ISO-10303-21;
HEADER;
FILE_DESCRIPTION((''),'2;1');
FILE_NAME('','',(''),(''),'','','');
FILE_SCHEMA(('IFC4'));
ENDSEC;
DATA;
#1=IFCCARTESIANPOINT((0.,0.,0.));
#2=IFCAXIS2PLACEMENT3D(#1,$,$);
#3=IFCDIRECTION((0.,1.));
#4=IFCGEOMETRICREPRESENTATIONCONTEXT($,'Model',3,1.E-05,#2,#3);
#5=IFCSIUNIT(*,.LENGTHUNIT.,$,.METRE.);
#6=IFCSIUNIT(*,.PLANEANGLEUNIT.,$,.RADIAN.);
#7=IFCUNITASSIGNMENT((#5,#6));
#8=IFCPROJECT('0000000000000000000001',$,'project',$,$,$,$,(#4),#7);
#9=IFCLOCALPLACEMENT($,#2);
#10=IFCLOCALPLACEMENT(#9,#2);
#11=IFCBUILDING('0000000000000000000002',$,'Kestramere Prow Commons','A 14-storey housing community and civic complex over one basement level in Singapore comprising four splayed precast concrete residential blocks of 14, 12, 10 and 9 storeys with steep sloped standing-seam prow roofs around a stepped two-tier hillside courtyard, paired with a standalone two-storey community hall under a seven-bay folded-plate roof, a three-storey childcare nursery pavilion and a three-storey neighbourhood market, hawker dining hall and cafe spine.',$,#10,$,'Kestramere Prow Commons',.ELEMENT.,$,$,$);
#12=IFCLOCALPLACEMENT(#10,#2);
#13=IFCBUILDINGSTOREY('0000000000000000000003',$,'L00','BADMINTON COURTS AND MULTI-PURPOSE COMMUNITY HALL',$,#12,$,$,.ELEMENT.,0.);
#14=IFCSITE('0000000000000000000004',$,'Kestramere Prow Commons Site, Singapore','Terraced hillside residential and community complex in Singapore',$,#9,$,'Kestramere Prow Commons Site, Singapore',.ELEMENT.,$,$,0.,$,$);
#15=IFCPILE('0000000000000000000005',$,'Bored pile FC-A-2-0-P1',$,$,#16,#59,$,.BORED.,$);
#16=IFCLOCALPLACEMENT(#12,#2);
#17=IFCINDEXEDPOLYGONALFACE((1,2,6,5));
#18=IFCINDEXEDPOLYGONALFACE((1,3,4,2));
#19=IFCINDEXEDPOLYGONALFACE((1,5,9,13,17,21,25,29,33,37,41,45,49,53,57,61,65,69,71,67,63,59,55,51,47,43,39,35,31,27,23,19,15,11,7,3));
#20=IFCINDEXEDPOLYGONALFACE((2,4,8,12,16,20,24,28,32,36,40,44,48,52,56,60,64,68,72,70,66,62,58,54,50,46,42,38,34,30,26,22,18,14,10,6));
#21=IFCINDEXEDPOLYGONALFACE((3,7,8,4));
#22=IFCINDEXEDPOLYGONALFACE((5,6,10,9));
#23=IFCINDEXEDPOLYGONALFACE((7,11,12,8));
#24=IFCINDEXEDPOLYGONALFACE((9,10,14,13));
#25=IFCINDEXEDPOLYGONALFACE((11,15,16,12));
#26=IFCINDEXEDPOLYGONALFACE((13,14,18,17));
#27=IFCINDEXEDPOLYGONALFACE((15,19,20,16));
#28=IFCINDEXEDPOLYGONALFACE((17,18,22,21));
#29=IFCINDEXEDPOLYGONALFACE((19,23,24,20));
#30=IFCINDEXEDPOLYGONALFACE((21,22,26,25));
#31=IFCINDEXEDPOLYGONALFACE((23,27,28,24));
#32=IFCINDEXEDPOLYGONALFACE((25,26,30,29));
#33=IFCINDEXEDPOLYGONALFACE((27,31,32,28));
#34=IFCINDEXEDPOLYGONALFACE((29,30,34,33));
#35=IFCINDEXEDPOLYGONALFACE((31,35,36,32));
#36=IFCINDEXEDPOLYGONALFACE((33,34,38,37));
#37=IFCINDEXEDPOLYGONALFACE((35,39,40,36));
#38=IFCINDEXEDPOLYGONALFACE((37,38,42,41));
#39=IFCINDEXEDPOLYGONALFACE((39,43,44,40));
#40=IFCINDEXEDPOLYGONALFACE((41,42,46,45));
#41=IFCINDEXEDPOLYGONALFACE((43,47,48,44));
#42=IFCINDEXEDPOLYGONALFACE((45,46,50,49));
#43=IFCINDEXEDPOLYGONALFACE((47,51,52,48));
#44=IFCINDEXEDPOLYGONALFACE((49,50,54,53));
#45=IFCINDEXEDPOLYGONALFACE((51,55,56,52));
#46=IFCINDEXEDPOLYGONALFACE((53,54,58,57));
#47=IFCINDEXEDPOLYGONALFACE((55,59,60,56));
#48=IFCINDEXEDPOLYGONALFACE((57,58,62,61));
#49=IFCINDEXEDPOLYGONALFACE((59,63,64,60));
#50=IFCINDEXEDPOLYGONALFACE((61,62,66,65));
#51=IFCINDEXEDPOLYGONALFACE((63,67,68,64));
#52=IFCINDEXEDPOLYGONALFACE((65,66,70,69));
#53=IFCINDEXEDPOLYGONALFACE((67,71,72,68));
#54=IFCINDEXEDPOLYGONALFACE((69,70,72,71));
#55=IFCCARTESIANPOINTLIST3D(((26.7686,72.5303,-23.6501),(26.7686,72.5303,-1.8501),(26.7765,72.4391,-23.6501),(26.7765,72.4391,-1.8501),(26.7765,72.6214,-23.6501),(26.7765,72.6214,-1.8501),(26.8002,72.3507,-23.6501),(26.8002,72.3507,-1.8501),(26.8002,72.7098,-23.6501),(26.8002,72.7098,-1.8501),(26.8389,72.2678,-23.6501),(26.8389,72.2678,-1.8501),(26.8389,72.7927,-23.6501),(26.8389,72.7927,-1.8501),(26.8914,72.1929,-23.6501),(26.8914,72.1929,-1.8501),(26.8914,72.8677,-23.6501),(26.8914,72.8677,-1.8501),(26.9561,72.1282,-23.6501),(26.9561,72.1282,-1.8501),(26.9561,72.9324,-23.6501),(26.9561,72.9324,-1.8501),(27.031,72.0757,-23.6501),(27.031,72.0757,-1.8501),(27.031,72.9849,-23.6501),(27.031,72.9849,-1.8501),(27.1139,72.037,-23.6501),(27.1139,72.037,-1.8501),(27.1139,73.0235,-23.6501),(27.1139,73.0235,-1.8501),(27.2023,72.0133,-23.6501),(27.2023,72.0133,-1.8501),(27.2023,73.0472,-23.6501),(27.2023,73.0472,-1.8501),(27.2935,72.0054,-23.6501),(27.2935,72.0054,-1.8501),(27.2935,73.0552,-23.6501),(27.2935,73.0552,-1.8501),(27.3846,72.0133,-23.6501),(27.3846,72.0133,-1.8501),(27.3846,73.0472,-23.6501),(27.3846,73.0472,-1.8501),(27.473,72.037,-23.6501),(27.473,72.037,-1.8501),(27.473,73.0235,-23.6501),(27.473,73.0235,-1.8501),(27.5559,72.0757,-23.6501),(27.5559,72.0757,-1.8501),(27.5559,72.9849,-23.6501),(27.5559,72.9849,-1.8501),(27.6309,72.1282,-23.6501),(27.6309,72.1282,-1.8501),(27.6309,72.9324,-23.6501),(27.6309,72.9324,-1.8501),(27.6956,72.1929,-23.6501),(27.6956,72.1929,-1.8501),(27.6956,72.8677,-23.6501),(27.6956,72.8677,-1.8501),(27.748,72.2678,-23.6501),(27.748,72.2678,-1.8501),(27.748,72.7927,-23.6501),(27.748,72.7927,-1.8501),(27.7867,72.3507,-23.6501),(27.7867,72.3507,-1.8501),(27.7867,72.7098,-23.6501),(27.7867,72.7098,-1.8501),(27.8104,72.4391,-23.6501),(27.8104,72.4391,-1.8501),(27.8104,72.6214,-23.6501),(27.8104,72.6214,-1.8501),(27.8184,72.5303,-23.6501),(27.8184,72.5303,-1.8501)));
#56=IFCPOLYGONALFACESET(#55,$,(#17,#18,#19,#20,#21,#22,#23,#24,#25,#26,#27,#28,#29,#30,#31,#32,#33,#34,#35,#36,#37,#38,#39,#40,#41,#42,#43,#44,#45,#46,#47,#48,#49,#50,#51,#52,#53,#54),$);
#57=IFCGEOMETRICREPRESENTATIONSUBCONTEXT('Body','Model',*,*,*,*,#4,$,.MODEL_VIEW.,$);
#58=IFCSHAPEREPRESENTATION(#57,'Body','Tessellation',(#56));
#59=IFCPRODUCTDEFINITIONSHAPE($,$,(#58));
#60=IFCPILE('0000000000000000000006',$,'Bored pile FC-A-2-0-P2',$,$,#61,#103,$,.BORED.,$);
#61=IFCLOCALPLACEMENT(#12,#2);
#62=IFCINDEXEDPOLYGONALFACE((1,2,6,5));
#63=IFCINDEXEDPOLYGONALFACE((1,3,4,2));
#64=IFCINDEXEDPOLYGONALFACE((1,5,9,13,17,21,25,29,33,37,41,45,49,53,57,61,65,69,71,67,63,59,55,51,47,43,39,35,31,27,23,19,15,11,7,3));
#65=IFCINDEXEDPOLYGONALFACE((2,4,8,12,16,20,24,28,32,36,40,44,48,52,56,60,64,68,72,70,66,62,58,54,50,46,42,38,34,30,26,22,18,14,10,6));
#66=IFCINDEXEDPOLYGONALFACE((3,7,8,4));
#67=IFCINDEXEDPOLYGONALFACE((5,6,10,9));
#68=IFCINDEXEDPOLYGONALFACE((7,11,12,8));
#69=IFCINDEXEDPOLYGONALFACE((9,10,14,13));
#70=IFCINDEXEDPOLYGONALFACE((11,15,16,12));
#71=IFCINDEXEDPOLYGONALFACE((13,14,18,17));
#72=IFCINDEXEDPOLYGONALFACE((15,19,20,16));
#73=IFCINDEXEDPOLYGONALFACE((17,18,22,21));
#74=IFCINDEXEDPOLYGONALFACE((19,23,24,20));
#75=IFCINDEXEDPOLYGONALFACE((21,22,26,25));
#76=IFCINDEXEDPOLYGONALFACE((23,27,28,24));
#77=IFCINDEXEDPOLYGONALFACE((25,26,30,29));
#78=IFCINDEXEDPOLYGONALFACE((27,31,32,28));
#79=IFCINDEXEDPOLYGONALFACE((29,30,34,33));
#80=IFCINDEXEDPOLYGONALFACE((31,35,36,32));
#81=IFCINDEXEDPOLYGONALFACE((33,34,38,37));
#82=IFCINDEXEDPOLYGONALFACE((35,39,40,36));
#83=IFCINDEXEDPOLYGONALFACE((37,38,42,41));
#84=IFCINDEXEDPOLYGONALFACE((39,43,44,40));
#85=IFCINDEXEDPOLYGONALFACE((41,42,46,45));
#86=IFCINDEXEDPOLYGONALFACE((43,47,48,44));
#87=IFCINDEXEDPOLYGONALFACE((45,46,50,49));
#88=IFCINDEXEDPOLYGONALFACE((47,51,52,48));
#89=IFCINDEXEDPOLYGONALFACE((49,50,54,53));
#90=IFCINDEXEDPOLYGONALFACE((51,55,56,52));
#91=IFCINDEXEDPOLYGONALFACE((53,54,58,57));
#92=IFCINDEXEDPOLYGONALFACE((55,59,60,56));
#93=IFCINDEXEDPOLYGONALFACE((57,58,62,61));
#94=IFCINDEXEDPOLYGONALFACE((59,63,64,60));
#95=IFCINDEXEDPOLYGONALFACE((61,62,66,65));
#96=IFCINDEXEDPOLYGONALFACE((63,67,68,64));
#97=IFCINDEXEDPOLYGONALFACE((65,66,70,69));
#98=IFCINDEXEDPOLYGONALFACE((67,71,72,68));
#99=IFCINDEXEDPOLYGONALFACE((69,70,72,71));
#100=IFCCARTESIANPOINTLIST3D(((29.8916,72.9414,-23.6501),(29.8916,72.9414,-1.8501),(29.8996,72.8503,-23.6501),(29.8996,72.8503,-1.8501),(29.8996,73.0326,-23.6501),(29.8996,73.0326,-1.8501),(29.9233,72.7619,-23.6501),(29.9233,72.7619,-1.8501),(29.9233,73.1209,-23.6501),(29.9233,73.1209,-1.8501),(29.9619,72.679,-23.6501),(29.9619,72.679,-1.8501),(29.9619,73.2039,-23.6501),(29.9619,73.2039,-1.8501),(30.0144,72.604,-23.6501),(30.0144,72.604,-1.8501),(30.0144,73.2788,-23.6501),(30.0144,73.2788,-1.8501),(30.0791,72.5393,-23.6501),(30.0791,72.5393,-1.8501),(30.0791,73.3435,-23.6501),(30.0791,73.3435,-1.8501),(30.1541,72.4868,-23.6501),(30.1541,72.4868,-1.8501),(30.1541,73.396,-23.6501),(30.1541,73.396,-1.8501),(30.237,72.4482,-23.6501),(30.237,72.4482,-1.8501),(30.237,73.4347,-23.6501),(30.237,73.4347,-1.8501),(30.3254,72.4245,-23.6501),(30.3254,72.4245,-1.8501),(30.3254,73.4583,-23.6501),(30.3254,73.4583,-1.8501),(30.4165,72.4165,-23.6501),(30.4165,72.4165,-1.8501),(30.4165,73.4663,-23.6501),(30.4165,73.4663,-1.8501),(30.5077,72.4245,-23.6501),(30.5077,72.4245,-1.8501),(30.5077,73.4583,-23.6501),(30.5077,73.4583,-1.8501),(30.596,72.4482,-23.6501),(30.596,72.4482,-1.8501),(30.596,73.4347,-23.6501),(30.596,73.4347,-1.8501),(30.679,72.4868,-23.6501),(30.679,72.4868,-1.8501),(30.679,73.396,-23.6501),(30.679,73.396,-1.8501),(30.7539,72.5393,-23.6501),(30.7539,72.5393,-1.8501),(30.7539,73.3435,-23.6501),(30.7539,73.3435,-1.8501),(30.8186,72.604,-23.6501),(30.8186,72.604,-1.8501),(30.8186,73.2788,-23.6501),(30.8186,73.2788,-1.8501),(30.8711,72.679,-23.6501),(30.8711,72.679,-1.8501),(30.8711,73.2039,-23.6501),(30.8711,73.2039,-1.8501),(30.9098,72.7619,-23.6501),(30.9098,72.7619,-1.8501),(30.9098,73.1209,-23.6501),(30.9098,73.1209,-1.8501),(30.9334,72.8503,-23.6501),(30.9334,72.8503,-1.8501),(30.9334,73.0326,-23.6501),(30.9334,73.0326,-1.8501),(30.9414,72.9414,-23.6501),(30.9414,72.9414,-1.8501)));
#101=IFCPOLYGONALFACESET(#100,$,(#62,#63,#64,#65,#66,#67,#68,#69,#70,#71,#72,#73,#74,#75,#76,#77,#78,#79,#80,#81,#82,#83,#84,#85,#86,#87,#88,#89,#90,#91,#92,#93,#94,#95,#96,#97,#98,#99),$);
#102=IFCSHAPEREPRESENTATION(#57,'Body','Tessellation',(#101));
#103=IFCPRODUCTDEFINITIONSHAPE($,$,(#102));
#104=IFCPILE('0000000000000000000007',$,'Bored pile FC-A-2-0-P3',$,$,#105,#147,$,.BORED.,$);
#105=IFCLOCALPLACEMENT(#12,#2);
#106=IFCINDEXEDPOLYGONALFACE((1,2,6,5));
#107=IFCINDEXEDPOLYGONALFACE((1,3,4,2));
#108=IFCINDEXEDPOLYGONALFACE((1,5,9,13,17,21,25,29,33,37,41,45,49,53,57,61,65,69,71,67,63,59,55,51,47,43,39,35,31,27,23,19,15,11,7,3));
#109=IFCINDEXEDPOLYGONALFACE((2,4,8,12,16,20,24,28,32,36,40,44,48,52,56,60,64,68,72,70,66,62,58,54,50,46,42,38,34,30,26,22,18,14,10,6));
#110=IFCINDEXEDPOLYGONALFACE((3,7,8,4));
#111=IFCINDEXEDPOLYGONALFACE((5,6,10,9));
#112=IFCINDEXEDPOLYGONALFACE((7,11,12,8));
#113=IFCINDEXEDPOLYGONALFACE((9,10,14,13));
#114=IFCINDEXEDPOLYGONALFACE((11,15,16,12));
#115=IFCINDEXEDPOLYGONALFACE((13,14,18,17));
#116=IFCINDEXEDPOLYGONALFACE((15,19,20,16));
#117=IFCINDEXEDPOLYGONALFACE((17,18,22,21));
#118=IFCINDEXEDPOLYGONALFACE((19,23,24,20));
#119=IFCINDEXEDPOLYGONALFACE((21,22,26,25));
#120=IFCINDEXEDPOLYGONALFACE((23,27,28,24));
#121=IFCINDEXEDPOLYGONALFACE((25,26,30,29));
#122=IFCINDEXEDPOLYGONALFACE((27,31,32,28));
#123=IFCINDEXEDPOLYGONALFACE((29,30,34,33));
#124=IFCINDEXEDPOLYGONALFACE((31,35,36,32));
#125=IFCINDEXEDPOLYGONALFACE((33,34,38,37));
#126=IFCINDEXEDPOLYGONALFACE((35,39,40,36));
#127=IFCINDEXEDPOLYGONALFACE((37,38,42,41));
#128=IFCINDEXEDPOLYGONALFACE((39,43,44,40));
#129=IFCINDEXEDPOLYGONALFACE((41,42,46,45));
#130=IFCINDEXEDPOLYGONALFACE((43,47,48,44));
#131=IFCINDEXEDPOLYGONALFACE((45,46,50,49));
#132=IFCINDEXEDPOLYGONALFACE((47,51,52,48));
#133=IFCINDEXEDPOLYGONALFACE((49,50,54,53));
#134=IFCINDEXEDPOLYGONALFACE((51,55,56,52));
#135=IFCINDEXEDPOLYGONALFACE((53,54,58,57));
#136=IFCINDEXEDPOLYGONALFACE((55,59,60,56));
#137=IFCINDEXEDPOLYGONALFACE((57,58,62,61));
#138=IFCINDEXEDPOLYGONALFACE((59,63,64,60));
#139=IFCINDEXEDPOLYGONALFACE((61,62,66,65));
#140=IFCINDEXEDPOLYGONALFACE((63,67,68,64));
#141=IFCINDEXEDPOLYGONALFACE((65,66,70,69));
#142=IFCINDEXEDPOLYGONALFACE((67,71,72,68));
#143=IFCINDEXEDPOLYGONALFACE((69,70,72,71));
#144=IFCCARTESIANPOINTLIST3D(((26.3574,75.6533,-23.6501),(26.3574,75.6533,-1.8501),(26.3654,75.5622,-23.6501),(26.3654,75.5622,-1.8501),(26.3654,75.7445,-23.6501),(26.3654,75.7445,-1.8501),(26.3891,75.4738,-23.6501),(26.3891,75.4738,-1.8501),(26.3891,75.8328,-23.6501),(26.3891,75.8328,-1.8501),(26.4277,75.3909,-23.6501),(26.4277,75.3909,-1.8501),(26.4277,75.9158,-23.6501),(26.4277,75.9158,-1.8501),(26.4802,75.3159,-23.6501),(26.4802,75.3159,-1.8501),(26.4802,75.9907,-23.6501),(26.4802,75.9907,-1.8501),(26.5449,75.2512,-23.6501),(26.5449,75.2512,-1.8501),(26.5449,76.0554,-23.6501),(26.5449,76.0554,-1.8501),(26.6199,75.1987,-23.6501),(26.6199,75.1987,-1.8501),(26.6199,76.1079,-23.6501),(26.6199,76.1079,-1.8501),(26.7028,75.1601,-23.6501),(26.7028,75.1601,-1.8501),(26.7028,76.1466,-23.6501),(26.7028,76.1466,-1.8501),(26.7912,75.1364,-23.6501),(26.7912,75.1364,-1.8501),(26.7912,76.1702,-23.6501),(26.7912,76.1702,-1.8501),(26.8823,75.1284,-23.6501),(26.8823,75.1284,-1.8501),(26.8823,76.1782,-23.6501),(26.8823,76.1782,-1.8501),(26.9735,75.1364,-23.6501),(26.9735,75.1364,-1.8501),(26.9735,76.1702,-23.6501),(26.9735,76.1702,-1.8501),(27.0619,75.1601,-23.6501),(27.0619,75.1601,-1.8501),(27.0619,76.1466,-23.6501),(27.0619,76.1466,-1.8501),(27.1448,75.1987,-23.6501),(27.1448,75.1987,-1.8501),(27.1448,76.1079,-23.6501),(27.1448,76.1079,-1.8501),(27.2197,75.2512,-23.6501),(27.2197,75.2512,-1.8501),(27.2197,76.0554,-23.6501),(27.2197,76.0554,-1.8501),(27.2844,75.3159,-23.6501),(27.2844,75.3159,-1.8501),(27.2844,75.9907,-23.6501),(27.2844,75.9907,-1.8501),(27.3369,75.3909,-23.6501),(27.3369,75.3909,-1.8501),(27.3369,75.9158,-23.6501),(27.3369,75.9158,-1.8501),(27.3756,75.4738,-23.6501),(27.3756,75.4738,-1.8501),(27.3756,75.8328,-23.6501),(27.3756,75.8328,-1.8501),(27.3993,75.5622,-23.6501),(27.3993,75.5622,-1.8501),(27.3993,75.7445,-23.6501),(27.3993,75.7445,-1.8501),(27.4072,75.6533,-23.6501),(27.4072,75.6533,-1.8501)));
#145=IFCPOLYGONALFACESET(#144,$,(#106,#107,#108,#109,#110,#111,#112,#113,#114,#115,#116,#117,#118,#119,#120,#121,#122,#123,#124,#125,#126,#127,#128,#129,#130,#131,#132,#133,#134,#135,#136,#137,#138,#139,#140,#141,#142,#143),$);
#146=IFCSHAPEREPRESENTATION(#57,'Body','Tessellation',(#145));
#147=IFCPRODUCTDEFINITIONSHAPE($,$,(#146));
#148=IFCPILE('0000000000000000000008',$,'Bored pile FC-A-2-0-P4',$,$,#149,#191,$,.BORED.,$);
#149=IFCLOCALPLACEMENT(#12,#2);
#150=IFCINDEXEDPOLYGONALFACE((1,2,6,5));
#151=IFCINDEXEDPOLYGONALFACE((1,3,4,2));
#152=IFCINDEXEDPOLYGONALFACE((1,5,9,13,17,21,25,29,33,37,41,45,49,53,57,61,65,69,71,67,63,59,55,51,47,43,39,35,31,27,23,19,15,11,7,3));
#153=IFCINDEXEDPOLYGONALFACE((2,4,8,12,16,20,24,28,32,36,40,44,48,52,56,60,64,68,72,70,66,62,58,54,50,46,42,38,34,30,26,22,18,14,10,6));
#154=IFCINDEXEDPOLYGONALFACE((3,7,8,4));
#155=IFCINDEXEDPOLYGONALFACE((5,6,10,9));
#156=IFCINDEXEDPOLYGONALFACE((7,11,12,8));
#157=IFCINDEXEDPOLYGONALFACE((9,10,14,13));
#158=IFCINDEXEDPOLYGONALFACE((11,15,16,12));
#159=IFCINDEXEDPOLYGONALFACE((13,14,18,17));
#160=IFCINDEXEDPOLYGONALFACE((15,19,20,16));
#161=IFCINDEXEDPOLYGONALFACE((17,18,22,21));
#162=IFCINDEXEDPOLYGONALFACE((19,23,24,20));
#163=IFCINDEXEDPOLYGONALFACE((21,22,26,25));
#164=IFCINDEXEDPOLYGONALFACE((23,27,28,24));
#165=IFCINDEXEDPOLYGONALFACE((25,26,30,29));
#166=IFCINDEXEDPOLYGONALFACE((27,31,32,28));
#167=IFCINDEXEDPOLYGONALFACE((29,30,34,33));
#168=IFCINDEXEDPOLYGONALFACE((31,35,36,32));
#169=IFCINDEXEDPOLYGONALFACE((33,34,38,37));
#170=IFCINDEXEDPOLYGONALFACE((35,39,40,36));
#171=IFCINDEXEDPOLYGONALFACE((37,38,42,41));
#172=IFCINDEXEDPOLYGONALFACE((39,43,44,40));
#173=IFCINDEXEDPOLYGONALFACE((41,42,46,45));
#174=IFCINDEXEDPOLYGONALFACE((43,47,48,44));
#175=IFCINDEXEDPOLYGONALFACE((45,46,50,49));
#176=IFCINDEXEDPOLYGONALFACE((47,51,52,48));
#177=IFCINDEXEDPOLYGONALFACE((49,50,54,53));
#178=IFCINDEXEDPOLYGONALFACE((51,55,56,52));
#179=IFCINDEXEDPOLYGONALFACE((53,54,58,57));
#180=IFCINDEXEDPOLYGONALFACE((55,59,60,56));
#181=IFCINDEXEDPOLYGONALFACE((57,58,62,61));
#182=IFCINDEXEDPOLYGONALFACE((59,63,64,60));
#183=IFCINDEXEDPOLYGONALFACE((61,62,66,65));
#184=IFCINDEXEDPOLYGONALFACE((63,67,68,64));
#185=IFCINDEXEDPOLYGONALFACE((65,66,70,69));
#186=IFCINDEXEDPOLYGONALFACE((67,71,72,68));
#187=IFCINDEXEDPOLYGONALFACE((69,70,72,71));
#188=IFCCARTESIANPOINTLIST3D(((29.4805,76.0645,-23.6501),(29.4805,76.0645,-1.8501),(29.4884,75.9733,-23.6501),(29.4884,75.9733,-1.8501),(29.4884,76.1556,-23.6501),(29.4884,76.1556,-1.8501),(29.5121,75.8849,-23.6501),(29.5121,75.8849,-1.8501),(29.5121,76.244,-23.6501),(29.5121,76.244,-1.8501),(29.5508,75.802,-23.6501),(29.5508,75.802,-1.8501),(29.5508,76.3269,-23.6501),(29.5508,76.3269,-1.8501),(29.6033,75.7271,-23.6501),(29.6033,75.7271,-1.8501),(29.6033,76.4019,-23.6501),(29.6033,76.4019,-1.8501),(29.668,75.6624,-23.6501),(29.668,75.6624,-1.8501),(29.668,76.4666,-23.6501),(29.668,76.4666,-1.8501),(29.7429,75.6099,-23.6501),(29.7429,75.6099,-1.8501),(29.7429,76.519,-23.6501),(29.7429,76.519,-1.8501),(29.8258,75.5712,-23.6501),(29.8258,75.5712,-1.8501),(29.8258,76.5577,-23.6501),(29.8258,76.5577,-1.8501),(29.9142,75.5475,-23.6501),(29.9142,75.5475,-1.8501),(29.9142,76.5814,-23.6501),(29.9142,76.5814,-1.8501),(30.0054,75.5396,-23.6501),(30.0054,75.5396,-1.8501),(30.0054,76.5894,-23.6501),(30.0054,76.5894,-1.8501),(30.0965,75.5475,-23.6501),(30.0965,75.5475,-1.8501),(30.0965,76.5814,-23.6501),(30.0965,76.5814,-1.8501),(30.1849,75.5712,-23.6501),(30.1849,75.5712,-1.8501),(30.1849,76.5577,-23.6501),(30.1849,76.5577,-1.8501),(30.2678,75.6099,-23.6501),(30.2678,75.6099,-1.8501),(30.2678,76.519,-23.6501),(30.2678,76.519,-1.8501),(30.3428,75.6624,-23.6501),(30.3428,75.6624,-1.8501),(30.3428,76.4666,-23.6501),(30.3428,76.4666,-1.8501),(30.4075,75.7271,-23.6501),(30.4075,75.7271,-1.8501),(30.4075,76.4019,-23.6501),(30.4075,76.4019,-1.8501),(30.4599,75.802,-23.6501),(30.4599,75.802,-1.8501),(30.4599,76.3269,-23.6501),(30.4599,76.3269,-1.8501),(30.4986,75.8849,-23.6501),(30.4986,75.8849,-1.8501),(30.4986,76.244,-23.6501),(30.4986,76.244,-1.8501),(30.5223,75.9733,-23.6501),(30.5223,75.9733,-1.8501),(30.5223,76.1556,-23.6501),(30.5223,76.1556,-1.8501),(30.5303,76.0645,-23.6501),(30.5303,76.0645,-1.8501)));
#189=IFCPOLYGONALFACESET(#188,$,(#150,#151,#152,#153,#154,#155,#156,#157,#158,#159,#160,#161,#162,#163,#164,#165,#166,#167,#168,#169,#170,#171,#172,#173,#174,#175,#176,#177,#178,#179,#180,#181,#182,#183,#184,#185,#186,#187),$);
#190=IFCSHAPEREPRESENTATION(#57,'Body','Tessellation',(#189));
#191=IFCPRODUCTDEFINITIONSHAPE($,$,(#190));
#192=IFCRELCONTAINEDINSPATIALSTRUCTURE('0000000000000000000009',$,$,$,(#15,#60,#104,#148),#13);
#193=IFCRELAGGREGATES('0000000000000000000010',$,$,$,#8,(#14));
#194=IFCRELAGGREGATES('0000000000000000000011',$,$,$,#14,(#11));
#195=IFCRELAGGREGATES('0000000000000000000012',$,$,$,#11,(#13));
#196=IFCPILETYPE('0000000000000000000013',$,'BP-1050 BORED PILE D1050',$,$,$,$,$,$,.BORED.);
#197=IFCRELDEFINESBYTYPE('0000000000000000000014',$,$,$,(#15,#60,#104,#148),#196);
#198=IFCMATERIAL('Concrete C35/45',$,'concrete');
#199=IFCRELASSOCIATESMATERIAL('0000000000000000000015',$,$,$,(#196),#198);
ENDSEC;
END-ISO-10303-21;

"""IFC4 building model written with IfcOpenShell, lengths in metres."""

from ifc_helpers import new_model, si_unit, direction, frame, origin, origin_2d, place, context, subcontext, project, spatial, circle, extrude, material, material_profile, profile_set, type_object, element, save


model = new_model("IFC4")

# Units and contexts
model_context = context("Model", 3, precision=1e-05, world=origin(), true_north=direction((0.0, 1.0)))
body_context = subcontext(model_context, "Body", "Model", "MODEL_VIEW")
ifc_project = project(units=[si_unit("LENGTHUNIT", "METRE"), si_unit("PLANEANGLEUNIT", "RADIAN")], contexts=[model_context])

# Site, building, storey
site_placement = place(None, origin())
site = spatial("IfcSite", under=ifc_project, at=site_placement, Name="Kestramere Prow Commons Site, Singapore", Description="Terraced hillside residential and community complex in Singapore", LongName="Kestramere Prow Commons Site, Singapore", CompositionType="ELEMENT", RefElevation=0.0)
building_placement = place(site_placement, origin())
building = spatial("IfcBuilding", under=site, at=building_placement, Name="Kestramere Prow Commons", Description="A 14-storey housing community and civic complex over one basement level in Singapore comprising four splayed precast concrete residential blocks of 14, 12, 10 and 9 storeys with steep sloped standing-seam prow roofs around a stepped two-tier hillside courtyard, paired with a standalone two-storey community hall under a seven-bay folded-plate roof, a three-storey childcare nursery pavilion and a three-storey neighbourhood market, hawker dining hall and cafe spine.", LongName="Kestramere Prow Commons", CompositionType="ELEMENT")
storey_placement = place(building_placement, origin())
storey = spatial("IfcBuildingStorey", under=building, at=storey_placement, Name="L00", Description="BADMINTON COURTS AND MULTI-PURPOSE COMMUNITY HALL", CompositionType="ELEMENT", Elevation=0.0)

# Piles
ifc_material_1 = material(Name="Concrete C35/45", Category="concrete")
ifc_material_profile_1 = material_profile(ifc_material_1, circle(Radius=0.5249, at=origin_2d()), Name="BORED PILE D1050")
ifc_profile_set_1 = profile_set([ifc_material_profile_1], Name="Concrete C35/45")
pile_type_1 = type_object("IfcPileType", Name="BP-1050 BORED PILE D1050", PredefinedType="BORED", material=ifc_profile_set_1)
for number, where, z_axis, x_axis, name in (
    (1, (27.2935, 72.5303, -1.8501), (0.0, 0.0, -1.0), (1.0, 0.0, 0.0), "Bored pile FC-A-2-0-P1"),
    (2, (30.4165, 72.9414, -1.8501), (0.0, 0.0, -1.0), (1.0, 0.0, 0.0), "Bored pile FC-A-2-0-P2"),
    (3, (26.8823, 75.6533, -1.8501), (0.0, 0.0, -1.0), (1.0, 0.0, 0.0), "Bored pile FC-A-2-0-P3"),
    (4, (30.0054, 76.0645, -1.8501), (0.0, 0.0, -1.0), (1.0, 0.0, 0.0), "Bored pile FC-A-2-0-P4"),
):
    element("IfcPile", number, at=place(storey_placement, frame(where, z_axis=z_axis, x_axis=x_axis)), inside=storey, type_object=pile_type_1, Name=name, PredefinedType="BORED", context=body_context, shape_type="SweptSolid", body=[
        extrude(circle(Radius=0.5249, at=origin_2d()), origin(), (0.0, 0.0, 1.0), 21.8),
    ])

save(model, "model.ifc")
